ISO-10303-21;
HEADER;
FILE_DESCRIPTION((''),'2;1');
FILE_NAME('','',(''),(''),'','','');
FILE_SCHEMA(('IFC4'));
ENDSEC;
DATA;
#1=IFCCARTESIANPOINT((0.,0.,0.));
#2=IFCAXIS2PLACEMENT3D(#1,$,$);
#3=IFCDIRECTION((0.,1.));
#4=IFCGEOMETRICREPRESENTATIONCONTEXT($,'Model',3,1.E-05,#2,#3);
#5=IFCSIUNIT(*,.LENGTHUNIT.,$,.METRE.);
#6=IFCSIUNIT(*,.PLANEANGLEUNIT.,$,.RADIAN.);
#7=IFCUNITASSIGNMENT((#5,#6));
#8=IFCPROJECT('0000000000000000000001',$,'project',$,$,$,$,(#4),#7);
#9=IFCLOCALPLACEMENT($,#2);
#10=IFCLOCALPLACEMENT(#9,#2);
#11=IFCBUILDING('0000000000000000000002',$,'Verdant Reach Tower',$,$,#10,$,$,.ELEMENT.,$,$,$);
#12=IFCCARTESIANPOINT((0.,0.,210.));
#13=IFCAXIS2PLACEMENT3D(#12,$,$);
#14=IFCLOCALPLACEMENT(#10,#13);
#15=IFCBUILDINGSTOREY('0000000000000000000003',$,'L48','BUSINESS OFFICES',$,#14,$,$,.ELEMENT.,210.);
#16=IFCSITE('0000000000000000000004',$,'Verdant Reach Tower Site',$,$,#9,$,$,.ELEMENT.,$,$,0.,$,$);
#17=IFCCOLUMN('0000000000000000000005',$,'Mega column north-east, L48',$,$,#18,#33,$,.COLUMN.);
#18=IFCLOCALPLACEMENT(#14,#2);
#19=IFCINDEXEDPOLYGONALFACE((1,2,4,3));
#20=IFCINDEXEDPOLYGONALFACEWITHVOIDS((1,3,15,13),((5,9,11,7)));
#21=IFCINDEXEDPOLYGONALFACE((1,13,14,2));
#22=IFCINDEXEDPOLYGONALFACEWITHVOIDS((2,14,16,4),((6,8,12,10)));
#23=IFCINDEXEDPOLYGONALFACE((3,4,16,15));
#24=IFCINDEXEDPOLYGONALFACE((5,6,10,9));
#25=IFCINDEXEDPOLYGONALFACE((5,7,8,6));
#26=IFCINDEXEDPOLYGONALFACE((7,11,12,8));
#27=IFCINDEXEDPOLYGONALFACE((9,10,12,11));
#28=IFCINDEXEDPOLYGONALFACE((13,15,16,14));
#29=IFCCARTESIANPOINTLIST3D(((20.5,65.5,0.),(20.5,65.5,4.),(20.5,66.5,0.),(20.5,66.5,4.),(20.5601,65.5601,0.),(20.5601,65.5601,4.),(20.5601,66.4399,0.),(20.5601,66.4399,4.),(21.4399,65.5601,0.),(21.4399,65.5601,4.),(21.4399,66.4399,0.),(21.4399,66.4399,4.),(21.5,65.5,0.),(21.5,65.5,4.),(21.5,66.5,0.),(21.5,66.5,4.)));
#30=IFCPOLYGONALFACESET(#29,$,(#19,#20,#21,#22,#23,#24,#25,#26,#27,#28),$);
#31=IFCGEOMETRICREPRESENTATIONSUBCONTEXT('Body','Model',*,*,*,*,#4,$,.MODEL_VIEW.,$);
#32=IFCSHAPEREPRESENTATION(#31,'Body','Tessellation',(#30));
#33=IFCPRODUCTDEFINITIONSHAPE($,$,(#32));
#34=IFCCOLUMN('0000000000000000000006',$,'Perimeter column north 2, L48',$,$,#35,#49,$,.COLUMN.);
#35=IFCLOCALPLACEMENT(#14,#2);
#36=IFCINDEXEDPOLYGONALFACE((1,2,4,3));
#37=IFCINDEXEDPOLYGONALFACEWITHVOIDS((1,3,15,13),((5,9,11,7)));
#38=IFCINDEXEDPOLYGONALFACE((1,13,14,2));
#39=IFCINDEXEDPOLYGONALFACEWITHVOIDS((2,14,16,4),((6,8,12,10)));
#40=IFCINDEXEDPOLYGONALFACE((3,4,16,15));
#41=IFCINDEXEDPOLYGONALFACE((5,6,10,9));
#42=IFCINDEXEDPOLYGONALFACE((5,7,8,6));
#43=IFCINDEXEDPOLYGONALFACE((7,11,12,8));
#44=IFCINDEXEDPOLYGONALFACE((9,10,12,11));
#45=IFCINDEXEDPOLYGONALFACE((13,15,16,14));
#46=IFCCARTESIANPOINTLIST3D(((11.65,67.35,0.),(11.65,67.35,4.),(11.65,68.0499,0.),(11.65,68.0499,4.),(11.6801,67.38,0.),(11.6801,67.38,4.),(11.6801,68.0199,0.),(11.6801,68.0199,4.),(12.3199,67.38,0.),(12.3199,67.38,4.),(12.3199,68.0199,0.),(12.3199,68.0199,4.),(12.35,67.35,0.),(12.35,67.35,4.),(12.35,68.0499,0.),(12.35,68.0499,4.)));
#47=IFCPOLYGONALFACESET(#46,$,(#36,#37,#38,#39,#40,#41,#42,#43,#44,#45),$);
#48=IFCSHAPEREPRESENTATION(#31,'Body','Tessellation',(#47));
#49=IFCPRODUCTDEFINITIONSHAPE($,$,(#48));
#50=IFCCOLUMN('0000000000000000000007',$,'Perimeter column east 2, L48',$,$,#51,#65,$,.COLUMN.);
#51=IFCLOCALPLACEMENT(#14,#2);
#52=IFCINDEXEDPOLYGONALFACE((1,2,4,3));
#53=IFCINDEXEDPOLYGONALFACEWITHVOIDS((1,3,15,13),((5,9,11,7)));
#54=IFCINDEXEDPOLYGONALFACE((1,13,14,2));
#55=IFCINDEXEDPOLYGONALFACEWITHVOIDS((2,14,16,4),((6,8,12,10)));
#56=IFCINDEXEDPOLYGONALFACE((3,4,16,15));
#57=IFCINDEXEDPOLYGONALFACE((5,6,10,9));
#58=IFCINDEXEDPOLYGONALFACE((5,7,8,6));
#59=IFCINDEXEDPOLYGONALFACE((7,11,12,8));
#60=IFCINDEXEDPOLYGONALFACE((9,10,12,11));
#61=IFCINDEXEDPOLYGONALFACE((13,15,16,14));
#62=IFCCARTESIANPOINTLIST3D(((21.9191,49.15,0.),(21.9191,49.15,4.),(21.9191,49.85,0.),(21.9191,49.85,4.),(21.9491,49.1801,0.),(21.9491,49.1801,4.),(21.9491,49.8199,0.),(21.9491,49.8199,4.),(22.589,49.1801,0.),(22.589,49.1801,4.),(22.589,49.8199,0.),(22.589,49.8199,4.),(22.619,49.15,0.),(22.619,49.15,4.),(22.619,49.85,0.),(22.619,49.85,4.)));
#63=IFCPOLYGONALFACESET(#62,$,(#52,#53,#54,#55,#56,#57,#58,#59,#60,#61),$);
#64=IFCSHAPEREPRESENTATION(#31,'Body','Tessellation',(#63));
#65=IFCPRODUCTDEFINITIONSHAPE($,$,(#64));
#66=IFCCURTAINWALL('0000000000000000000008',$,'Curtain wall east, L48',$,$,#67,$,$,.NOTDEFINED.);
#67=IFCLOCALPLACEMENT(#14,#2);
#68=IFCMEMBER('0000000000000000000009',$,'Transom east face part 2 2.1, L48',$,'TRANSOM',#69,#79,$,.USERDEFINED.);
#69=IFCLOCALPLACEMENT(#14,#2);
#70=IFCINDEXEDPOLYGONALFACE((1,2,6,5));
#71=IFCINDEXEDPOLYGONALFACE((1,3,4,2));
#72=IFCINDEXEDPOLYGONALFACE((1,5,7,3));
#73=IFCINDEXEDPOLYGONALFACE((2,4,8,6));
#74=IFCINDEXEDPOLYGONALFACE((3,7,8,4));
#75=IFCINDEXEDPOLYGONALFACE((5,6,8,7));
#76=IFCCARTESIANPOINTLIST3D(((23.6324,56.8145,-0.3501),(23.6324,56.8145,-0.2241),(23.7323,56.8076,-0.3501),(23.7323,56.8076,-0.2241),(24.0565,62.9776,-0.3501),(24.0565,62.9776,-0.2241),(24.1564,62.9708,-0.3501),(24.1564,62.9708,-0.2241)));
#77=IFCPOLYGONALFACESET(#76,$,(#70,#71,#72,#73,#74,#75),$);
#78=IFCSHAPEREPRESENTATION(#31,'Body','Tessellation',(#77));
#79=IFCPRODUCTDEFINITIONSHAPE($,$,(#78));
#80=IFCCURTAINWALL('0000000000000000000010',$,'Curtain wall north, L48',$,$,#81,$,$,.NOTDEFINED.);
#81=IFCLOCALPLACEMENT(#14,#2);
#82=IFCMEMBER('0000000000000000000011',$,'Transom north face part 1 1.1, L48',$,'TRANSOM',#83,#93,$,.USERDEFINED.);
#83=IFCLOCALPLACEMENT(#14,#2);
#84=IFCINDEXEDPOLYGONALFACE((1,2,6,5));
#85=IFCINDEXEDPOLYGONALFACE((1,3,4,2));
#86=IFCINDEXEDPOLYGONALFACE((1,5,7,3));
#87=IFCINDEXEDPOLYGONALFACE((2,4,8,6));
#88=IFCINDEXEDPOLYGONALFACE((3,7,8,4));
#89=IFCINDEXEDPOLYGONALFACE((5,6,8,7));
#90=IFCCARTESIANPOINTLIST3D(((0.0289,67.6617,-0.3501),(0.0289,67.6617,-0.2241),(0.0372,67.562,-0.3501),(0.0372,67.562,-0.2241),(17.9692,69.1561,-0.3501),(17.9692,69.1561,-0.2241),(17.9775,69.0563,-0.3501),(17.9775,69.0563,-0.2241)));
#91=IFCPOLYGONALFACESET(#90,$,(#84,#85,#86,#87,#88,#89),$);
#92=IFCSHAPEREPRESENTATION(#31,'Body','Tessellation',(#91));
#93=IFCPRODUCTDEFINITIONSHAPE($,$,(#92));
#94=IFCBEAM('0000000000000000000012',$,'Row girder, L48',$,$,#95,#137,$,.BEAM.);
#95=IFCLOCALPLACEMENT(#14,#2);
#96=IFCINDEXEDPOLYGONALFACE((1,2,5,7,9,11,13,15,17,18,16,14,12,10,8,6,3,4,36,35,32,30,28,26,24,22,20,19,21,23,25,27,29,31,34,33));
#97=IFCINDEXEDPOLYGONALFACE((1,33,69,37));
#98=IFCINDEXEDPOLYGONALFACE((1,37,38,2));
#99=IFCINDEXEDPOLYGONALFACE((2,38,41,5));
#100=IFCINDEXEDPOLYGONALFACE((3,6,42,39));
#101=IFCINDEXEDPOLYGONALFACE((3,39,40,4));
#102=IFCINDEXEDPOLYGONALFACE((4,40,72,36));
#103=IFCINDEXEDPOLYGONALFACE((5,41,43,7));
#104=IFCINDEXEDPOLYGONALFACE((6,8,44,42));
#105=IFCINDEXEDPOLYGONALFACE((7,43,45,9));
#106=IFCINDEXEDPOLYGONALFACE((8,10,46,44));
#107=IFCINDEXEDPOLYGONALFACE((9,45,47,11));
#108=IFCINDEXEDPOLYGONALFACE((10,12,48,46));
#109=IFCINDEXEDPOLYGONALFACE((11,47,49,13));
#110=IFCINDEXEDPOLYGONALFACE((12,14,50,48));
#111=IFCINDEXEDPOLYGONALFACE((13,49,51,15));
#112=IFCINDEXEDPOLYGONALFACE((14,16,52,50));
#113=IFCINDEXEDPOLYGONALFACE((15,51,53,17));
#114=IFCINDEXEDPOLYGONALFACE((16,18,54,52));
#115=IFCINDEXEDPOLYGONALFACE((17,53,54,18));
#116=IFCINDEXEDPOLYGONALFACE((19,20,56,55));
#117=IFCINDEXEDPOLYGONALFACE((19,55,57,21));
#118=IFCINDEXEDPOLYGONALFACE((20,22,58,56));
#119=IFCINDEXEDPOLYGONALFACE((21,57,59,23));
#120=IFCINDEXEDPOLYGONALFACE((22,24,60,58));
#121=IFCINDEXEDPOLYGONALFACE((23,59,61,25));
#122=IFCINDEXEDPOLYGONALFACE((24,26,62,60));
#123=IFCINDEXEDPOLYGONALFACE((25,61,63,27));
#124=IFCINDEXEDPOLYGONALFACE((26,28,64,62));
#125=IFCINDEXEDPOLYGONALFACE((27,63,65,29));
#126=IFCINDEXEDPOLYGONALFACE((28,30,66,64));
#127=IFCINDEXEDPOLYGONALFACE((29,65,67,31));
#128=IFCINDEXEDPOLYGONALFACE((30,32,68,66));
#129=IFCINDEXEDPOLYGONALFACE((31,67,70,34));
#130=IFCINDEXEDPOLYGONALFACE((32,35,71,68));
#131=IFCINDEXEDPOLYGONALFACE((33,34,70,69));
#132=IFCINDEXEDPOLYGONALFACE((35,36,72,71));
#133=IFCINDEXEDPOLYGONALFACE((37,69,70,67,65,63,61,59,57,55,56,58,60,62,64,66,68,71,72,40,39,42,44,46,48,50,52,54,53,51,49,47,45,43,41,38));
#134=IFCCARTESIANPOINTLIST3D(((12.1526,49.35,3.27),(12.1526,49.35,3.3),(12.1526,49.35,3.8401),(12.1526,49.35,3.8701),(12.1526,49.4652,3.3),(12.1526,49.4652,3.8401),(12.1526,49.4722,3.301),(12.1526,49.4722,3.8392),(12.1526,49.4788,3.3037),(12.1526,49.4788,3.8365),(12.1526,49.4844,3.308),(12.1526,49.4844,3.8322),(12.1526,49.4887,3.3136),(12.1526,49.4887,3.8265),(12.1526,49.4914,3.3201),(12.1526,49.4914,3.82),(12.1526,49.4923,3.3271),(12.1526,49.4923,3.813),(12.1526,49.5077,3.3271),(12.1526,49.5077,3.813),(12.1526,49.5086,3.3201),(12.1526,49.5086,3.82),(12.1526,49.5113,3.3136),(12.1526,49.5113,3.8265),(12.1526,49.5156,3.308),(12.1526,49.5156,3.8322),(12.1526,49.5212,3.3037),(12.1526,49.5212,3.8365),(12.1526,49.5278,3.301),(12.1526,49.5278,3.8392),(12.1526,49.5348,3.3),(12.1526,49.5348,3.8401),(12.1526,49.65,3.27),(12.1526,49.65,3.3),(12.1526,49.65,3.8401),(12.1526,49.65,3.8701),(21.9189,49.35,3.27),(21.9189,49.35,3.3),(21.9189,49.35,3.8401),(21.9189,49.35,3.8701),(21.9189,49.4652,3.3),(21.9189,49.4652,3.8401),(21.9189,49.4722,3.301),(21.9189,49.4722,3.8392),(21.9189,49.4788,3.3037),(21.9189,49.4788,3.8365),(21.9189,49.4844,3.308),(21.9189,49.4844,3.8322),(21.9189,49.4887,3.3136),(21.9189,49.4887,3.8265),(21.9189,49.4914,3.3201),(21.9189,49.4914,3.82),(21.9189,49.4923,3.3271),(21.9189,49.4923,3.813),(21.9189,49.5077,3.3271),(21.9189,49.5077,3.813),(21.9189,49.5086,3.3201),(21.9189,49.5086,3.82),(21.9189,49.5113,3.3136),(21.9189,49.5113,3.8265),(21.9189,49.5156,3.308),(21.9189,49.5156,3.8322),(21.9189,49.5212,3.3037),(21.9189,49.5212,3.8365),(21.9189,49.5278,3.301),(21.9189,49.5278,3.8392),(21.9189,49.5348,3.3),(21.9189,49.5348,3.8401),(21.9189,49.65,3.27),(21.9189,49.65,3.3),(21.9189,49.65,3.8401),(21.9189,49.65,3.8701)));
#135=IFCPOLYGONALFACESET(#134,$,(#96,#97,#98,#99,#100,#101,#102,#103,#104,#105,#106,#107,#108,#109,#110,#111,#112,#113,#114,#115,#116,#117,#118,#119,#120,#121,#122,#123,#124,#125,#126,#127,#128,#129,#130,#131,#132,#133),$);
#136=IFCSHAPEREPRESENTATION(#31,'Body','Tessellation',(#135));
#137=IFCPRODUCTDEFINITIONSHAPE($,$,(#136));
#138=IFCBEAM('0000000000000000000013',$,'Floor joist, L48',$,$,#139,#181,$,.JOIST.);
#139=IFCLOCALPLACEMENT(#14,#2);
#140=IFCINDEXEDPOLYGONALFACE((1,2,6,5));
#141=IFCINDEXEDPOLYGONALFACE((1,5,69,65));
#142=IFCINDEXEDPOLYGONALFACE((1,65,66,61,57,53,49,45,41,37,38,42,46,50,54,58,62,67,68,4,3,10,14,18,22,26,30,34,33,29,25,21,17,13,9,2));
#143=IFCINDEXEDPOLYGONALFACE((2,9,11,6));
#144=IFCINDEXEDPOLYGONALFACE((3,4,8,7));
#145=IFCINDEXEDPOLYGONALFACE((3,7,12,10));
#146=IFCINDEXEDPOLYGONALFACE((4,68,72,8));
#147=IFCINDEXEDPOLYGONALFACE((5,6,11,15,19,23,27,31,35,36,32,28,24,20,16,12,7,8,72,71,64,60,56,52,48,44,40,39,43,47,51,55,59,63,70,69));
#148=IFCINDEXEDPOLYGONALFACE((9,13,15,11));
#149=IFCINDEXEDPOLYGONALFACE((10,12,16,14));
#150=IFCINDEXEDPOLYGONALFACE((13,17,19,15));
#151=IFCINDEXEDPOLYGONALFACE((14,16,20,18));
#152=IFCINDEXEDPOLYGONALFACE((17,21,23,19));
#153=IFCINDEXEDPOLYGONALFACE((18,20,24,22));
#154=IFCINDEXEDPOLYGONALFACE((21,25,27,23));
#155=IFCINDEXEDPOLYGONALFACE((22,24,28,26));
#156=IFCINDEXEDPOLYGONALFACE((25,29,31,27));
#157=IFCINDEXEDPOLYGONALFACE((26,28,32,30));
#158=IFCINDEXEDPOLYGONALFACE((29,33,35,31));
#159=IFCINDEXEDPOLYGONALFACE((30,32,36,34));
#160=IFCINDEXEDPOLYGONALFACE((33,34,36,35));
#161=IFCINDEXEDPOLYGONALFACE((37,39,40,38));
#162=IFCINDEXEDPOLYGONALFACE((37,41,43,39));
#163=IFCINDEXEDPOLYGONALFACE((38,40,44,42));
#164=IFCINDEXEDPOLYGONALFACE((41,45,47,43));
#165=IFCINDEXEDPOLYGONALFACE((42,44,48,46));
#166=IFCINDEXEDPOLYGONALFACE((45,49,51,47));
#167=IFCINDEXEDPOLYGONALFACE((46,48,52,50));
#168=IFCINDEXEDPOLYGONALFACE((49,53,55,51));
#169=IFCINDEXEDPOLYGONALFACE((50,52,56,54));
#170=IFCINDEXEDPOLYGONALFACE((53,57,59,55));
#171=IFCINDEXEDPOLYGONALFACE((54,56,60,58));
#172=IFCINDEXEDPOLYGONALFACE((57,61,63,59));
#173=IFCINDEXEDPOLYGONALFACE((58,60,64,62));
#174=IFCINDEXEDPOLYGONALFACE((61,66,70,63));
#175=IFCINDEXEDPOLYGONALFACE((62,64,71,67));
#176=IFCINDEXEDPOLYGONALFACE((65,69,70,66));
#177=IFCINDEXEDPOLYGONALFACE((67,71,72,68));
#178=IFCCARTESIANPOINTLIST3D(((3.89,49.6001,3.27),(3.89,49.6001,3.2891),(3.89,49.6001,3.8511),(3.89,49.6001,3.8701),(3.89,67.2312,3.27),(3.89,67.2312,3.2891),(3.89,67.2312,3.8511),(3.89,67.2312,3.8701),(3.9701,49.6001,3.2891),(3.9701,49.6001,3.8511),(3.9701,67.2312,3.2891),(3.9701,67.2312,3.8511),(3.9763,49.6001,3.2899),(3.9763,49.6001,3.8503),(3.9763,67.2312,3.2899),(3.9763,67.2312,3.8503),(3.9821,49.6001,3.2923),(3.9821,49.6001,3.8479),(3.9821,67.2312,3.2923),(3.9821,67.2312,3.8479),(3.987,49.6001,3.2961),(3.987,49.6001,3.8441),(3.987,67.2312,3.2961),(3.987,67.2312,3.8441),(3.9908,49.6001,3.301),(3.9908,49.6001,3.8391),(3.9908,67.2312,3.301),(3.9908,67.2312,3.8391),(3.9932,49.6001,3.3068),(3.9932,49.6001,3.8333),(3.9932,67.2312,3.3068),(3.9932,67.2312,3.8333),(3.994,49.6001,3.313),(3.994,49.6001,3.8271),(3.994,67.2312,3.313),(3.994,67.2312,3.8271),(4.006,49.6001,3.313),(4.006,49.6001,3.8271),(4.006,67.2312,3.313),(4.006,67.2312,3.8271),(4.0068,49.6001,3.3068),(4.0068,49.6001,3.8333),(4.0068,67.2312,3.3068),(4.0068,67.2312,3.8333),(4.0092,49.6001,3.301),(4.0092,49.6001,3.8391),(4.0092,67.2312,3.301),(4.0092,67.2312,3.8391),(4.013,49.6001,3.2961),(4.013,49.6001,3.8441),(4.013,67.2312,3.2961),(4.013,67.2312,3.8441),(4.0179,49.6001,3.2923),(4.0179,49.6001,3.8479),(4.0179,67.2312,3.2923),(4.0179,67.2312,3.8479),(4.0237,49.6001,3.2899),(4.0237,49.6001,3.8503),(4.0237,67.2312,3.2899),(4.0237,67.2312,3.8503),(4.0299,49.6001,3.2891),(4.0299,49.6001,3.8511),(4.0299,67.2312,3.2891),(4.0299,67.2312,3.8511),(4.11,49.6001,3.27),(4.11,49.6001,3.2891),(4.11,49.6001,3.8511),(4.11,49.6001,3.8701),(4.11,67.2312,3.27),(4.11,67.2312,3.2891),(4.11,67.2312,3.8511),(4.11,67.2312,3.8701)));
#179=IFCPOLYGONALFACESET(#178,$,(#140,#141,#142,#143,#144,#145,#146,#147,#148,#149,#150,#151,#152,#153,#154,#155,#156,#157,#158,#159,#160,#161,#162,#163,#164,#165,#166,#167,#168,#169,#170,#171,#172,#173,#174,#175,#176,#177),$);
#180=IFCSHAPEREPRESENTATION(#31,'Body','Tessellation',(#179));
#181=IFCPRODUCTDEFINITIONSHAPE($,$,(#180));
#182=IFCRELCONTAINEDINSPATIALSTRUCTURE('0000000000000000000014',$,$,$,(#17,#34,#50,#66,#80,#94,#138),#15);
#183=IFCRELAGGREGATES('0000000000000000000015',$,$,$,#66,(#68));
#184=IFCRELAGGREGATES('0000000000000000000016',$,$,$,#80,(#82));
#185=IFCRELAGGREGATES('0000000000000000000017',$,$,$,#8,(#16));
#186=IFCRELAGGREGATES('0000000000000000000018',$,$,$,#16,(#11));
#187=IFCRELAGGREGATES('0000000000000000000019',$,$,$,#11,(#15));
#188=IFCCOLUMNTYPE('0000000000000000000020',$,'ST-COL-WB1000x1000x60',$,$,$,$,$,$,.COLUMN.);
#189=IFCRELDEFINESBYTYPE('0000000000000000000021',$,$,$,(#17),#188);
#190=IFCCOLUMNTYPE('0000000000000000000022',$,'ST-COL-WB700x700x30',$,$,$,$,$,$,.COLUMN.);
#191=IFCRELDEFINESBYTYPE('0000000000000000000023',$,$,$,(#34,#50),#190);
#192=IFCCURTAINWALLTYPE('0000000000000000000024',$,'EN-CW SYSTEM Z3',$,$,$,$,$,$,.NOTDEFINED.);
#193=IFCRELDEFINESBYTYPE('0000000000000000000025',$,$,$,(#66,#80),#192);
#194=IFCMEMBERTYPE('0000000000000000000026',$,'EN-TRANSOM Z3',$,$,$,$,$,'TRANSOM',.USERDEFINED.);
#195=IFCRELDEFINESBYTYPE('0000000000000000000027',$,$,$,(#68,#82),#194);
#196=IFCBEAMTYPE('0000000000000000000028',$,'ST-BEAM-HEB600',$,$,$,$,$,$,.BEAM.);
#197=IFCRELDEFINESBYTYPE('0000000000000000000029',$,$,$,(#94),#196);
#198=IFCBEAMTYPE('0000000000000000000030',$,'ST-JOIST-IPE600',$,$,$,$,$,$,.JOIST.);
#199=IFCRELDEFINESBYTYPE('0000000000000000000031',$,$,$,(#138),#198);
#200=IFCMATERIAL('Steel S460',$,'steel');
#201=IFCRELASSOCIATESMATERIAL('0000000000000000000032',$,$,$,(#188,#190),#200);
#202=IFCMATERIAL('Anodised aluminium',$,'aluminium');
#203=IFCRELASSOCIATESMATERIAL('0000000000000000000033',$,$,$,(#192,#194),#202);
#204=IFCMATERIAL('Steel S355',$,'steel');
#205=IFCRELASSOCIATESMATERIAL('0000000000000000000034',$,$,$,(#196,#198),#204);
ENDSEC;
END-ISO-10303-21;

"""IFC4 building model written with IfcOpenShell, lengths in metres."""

from ifc_helpers import new_model, si_unit, direction, frame, origin, origin_2d, place, context, subcontext, project, spatial, rectangle, hollow_rectangle, i_section, extrude, material, material_profile, profile_set, type_object, element, aggregate, save


model = new_model("IFC4")

# Units and contexts
model_context = context("Model", 3, precision=1e-05, world=origin(), true_north=direction((0.0, 1.0)))
body_context = subcontext(model_context, "Body", "Model", "MODEL_VIEW")
ifc_project = project(units=[si_unit("LENGTHUNIT", "METRE"), si_unit("PLANEANGLEUNIT", "RADIAN")], contexts=[model_context])

# Site, building, storey
site_placement = place(None, origin())
site = spatial("IfcSite", under=ifc_project, at=site_placement, Name="Verdant Reach Tower Site", CompositionType="ELEMENT", RefElevation=0.0)
building_placement = place(site_placement, origin())
building = spatial("IfcBuilding", under=site, at=building_placement, Name="Verdant Reach Tower", CompositionType="ELEMENT")
storey_placement = place(building_placement, frame((0.0, 0.0, 210.0)))
storey = spatial("IfcBuildingStorey", under=building, at=storey_placement, Name="L48", Description="BUSINESS OFFICES", CompositionType="ELEMENT", Elevation=210.0)

# Columns
ifc_material_1 = material(Name="Steel S460", Category="steel")
ifc_material_profile_1 = material_profile(ifc_material_1, hollow_rectangle(XDim=1.0, YDim=1.0, WallThickness=0.0601, at=origin_2d()), Name="WB 1000x1000x60")
ifc_profile_set_1 = profile_set([ifc_material_profile_1], Name="Steel S460")
column_type_1 = type_object("IfcColumnType", Name="ST-COL-WB1000x1000x60", PredefinedType="COLUMN", material=ifc_profile_set_1)
column_placement = place(storey_placement, frame((21.0, 66.0, 0.0), z_axis=(0.0, 0.0, 1.0), x_axis=(1.0, 0.0, 0.0)))
element("IfcColumn", 1, at=column_placement, inside=storey, type_object=column_type_1, Name="Mega column north-east, L48", PredefinedType="COLUMN", context=body_context, shape_type="SweptSolid", body=[
    extrude(hollow_rectangle(XDim=1.0, YDim=1.0, WallThickness=0.0601, at=origin_2d()), origin(), (0.0, 0.0, 1.0), 4.0),
])
ifc_material_profile_2 = material_profile(ifc_material_1, hollow_rectangle(XDim=0.7, YDim=0.7, WallThickness=0.03, at=origin_2d()), Name="WB 700x700x30")
ifc_profile_set_2 = profile_set([ifc_material_profile_2], Name="Steel S460")
column_type_2 = type_object("IfcColumnType", Name="ST-COL-WB700x700x30", PredefinedType="COLUMN", material=ifc_profile_set_2)
for number, where, z_axis, x_axis, name in (
    (2, (12.0, 67.7, 0.0), (0.0, 0.0, 1.0), (1.0, 0.0, 0.0), "Perimeter column north 2, L48"),
    (3, (22.269, 49.5, 0.0), (0.0, 0.0, 1.0), (1.0, 0.0, 0.0), "Perimeter column east 2, L48"),
):
    element("IfcColumn", number, at=place(storey_placement, frame(where, z_axis=z_axis, x_axis=x_axis)), inside=storey, type_object=column_type_2, Name=name, PredefinedType="COLUMN", context=body_context, shape_type="SweptSolid", body=[
        extrude(hollow_rectangle(XDim=0.7, YDim=0.7, WallThickness=0.03, at=origin_2d()), origin(), (0.0, 0.0, 1.0), 4.0),
    ])

# Curtain walls, members
ifc_material_2 = material(Name="Anodised aluminium", Category="aluminium")
curtain_wall_type = type_object("IfcCurtainWallType", Name="EN-CW SYSTEM Z3", PredefinedType="NOTDEFINED", material=ifc_material_2)
curtain_wall_1_placement = place(storey_placement, origin())
curtain_wall_1 = element("IfcCurtainWall", 4, at=curtain_wall_1_placement, inside=storey, type_object=curtain_wall_type, Name="Curtain wall east, L48", PredefinedType="NOTDEFINED")
ifc_material_profile_3 = material_profile(ifc_material_2, rectangle(XDim=0.1001, YDim=0.126, at=origin_2d()), Name="Transom 126x100")
ifc_profile_set_3 = profile_set([ifc_material_profile_3], Name="Anodised aluminium")
member_type = type_object("IfcMemberType", Name="EN-TRANSOM Z3", ElementType="TRANSOM", PredefinedType="USERDEFINED", material=ifc_profile_set_3)
member_1_placement = place(storey_placement, frame((23.6824, 56.811, -0.2871), z_axis=(0.068646, 0.997641, 0.0), x_axis=(-0.997641, 0.068646, 0.0)))
member_1 = element("IfcMember", 5, at=member_1_placement, type_object=member_type, Name="Transom east face part 2 2.1, L48", ObjectType="TRANSOM", PredefinedType="USERDEFINED", context=body_context, shape_type="SweptSolid", body=[
    extrude(rectangle(XDim=0.1001, YDim=0.126, at=origin_2d()), origin(), (0.0, 0.0, 1.0), 6.1777),
])
curtain_wall_2_placement = place(storey_placement, origin())
curtain_wall_2 = element("IfcCurtainWall", 6, at=curtain_wall_2_placement, inside=storey, type_object=curtain_wall_type, Name="Curtain wall north, L48", PredefinedType="NOTDEFINED")
member_2_placement = place(storey_placement, frame((17.9734, 69.1062, -0.2871), z_axis=(-0.996549, -0.08301, 0.0), x_axis=(0.08301, -0.996549, 0.0)))
member_2 = element("IfcMember", 7, at=member_2_placement, type_object=member_type, Name="Transom north face part 1 1.1, L48", ObjectType="TRANSOM", PredefinedType="USERDEFINED", context=body_context, shape_type="SweptSolid", body=[
    extrude(rectangle(XDim=0.1001, YDim=0.126, at=origin_2d()), origin(), (0.0, 0.0, 1.0), 18.0024),
])

# Beams
ifc_material_3 = material(Name="Steel S355", Category="steel")
ifc_material_profile_4 = material_profile(ifc_material_3, i_section(OverallWidth=0.3, OverallDepth=0.6001, WebThickness=0.0154, FlangeThickness=0.03, FilletRadius=0.0271, at=origin_2d()), Name="HEB 600")
ifc_profile_set_4 = profile_set([ifc_material_profile_4], Name="Steel S355")
beam_type_1 = type_object("IfcBeamType", Name="ST-BEAM-HEB600", PredefinedType="BEAM", material=ifc_profile_set_4)
beam_1_placement = place(storey_placement, frame((12.1526, 49.5, 3.5701), z_axis=(1.0, 0.0, 0.0), x_axis=(0.0, 1.0, 0.0)))
element("IfcBeam", 8, at=beam_1_placement, inside=storey, type_object=beam_type_1, Name="Row girder, L48", PredefinedType="BEAM", context=body_context, shape_type="SweptSolid", body=[
    extrude(i_section(OverallWidth=0.3, OverallDepth=0.6001, WebThickness=0.0154, FlangeThickness=0.03, FilletRadius=0.0271, at=origin_2d()), origin(), (0.0, 0.0, 1.0), 9.7664),
])
ifc_material_profile_5 = material_profile(ifc_material_3, i_section(OverallWidth=0.22, OverallDepth=0.6001, WebThickness=0.012, FlangeThickness=0.019, FilletRadius=0.0239, at=origin_2d()), Name="IPE 600")
ifc_profile_set_5 = profile_set([ifc_material_profile_5], Name="Steel S355")
beam_type_2 = type_object("IfcBeamType", Name="ST-JOIST-IPE600", PredefinedType="JOIST", material=ifc_profile_set_5)
beam_2_placement = place(storey_placement, frame((4.0, 49.6001, 3.5701), z_axis=(0.0, 1.0, 0.0), x_axis=(-1.0, 0.0, 0.0)))
element("IfcBeam", 9, at=beam_2_placement, inside=storey, type_object=beam_type_2, Name="Floor joist, L48", PredefinedType="JOIST", context=body_context, shape_type="SweptSolid", body=[
    extrude(i_section(OverallWidth=0.22, OverallDepth=0.6001, WebThickness=0.012, FlangeThickness=0.019, FilletRadius=0.0239, at=origin_2d()), origin(), (0.0, 0.0, 1.0), 17.6311),
])

aggregate(curtain_wall_1, [member_1])
aggregate(curtain_wall_2, [member_2])

save(model, "model.ifc")
